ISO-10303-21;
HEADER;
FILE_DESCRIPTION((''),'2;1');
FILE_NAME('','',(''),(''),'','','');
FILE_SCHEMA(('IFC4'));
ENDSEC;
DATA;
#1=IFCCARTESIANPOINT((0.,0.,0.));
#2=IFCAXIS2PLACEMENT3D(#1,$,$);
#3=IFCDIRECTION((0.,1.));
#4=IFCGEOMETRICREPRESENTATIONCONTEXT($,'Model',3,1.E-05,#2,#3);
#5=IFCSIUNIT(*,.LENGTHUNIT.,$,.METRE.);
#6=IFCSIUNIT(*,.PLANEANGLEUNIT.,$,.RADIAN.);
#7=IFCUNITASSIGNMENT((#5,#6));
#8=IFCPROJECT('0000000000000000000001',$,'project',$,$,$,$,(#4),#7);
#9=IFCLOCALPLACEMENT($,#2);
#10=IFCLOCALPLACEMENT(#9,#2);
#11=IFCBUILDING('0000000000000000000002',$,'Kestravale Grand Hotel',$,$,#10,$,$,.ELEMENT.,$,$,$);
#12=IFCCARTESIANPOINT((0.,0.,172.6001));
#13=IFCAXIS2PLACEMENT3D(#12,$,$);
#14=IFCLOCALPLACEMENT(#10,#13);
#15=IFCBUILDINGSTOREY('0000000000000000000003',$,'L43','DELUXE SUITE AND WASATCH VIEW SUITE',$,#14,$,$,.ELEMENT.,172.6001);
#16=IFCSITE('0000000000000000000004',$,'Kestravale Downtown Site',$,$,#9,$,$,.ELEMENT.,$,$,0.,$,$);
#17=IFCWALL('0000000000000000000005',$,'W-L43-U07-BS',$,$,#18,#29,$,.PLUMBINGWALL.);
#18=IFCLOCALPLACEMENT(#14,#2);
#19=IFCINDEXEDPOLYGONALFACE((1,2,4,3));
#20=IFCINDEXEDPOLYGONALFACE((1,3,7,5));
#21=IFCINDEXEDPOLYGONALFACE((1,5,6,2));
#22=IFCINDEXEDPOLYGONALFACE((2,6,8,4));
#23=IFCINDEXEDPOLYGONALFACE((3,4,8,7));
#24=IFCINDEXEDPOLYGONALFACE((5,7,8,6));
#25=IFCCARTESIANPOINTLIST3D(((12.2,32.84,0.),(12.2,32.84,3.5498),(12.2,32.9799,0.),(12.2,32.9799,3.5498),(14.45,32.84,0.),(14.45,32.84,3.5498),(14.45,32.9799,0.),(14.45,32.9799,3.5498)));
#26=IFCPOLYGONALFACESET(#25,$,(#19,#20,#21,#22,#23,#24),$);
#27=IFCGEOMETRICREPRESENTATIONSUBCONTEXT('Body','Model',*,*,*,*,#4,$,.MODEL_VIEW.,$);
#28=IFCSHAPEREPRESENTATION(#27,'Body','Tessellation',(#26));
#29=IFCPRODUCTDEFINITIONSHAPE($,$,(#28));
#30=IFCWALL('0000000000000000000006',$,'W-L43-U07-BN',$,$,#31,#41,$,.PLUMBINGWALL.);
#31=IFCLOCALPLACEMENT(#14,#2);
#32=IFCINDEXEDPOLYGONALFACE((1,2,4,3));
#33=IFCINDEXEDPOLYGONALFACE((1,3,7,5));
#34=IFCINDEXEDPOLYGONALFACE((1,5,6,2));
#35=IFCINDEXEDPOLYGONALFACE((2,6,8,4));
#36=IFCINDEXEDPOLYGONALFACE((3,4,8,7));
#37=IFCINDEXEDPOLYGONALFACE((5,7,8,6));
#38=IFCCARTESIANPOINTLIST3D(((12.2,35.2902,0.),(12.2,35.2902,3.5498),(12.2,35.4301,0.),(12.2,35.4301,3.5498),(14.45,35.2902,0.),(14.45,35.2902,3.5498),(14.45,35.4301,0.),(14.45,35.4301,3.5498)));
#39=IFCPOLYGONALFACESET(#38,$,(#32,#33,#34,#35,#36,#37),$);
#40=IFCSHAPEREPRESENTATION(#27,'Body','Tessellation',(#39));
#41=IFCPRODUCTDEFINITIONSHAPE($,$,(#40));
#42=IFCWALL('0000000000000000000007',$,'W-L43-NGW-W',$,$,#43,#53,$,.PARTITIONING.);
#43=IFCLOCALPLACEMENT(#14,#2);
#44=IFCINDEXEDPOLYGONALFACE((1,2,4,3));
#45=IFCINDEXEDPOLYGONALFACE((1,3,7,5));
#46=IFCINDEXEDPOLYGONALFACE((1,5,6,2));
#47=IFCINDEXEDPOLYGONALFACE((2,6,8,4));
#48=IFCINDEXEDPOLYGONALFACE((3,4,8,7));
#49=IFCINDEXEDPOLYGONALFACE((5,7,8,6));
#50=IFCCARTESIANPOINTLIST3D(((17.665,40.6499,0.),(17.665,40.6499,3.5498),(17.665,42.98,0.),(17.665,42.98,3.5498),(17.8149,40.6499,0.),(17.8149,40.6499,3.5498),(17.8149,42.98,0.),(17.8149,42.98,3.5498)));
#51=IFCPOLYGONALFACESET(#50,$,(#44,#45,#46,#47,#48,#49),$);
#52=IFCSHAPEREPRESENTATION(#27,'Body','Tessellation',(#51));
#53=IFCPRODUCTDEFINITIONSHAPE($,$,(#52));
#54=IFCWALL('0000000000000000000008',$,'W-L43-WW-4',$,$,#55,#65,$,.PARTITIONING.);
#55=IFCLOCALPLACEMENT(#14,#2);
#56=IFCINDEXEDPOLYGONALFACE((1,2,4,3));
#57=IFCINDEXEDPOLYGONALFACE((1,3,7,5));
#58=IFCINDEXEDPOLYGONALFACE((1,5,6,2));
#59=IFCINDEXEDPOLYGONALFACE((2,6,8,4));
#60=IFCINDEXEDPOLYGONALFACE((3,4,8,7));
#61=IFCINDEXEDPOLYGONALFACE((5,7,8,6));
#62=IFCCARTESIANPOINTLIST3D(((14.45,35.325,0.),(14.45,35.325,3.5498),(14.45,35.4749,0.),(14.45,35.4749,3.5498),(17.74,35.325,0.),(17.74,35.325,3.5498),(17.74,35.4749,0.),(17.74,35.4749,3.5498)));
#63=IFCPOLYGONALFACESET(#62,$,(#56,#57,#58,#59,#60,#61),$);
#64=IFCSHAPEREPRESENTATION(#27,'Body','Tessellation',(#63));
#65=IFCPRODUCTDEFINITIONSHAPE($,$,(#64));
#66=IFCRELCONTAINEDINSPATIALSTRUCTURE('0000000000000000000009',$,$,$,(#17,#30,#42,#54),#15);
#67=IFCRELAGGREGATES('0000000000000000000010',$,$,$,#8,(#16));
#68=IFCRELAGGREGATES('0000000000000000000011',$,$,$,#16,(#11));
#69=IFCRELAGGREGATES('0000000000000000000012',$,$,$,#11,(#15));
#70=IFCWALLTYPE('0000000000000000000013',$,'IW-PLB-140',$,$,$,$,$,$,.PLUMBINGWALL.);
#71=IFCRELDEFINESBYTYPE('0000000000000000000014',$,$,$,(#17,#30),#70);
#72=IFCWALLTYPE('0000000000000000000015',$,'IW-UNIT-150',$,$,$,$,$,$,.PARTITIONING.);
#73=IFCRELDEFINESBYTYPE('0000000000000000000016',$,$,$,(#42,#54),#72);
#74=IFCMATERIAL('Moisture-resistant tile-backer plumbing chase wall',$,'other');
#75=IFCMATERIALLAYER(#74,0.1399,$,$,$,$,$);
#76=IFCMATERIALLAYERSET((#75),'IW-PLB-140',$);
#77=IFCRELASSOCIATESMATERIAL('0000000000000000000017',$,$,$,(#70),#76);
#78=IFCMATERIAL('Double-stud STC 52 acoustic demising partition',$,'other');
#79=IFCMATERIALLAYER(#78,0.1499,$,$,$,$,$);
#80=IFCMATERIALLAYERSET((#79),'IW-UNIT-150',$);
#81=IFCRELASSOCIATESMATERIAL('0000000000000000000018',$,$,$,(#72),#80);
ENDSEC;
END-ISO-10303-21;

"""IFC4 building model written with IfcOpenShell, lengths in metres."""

from ifc_helpers import new_model, si_unit, direction, frame, frame_2d, origin, place, context, subcontext, project, spatial, rectangle, extrude, material, layer, layer_set, type_object, element, save


model = new_model("IFC4")

# Units and contexts
model_context = context("Model", 3, precision=1e-05, world=origin(), true_north=direction((0.0, 1.0)))
body_context = subcontext(model_context, "Body", "Model", "MODEL_VIEW")
ifc_project = project(units=[si_unit("LENGTHUNIT", "METRE"), si_unit("PLANEANGLEUNIT", "RADIAN")], contexts=[model_context])

# Site, building, storey
site_placement = place(None, origin())
site = spatial("IfcSite", under=ifc_project, at=site_placement, Name="Kestravale Downtown Site", CompositionType="ELEMENT", RefElevation=0.0)
building_placement = place(site_placement, origin())
building = spatial("IfcBuilding", under=site, at=building_placement, Name="Kestravale Grand Hotel", CompositionType="ELEMENT")
storey_placement = place(building_placement, frame((0.0, 0.0, 172.6001)))
storey = spatial("IfcBuildingStorey", under=building, at=storey_placement, Name="L43", Description="DELUXE SUITE AND WASATCH VIEW SUITE", CompositionType="ELEMENT", Elevation=172.6001)

# Shared definitions
ifc_material_1 = material(Name="Moisture-resistant tile-backer plumbing chase wall", Category="other")
ifc_layer_1 = layer(ifc_material_1, 0.1399)
ifc_layer_set_1 = layer_set([ifc_layer_1], Name="IW-PLB-140")
wall_type_1 = type_object("IfcWallType", Name="IW-PLB-140", PredefinedType="PLUMBINGWALL", material=ifc_layer_set_1)

# Walls
for number, where, z_axis, x_axis, name in (
    (1, (12.2, 32.9099, 0.0), (0.0, 0.0, 1.0), (1.0, 0.0, 0.0), "W-L43-U07-BS"),
    (2, (12.2, 35.3601, 0.0), (0.0, 0.0, 1.0), (1.0, 0.0, 0.0), "W-L43-U07-BN"),
):
    element("IfcWall", number, at=place(storey_placement, frame(where, z_axis=z_axis, x_axis=x_axis)), inside=storey, type_object=wall_type_1, Name=name, PredefinedType="PLUMBINGWALL", context=body_context, shape_type="SweptSolid", body=[
        extrude(rectangle(XDim=2.25, YDim=0.1399, at=frame_2d((1.125, 0.0))), origin(), (0.0, 0.0, 1.0), 3.5498),
    ])

# Shared definitions
ifc_material_2 = material(Name="Double-stud STC 52 acoustic demising partition", Category="other")
ifc_layer_2 = layer(ifc_material_2, 0.1499)
ifc_layer_set_2 = layer_set([ifc_layer_2], Name="IW-UNIT-150")
wall_type_2 = type_object("IfcWallType", Name="IW-UNIT-150", PredefinedType="PARTITIONING", material=ifc_layer_set_2)

# Walls
wall_1_placement = place(storey_placement, frame((17.74, 40.6499, 0.0), z_axis=(0.0, 0.0, 1.0), x_axis=(0.0, 1.0, 0.0)))
element("IfcWall", 3, at=wall_1_placement, inside=storey, type_object=wall_type_2, Name="W-L43-NGW-W", PredefinedType="PARTITIONING", context=body_context, shape_type="SweptSolid", body=[
    extrude(rectangle(XDim=2.3301, YDim=0.1499, at=frame_2d((1.165, 0.0))), origin(), (0.0, 0.0, 1.0), 3.5498),
])
wall_2_placement = place(storey_placement, frame((14.45, 35.3999, 0.0), z_axis=(0.0, 0.0, 1.0), x_axis=(1.0, 0.0, 0.0)))
element("IfcWall", 4, at=wall_2_placement, inside=storey, type_object=wall_type_2, Name="W-L43-WW-4", PredefinedType="PARTITIONING", context=body_context, shape_type="SweptSolid", body=[
    extrude(rectangle(XDim=3.29, YDim=0.1499, at=frame_2d((1.645, 0.0))), origin(), (0.0, 0.0, 1.0), 3.5498),
])

save(model, "model.ifc")
